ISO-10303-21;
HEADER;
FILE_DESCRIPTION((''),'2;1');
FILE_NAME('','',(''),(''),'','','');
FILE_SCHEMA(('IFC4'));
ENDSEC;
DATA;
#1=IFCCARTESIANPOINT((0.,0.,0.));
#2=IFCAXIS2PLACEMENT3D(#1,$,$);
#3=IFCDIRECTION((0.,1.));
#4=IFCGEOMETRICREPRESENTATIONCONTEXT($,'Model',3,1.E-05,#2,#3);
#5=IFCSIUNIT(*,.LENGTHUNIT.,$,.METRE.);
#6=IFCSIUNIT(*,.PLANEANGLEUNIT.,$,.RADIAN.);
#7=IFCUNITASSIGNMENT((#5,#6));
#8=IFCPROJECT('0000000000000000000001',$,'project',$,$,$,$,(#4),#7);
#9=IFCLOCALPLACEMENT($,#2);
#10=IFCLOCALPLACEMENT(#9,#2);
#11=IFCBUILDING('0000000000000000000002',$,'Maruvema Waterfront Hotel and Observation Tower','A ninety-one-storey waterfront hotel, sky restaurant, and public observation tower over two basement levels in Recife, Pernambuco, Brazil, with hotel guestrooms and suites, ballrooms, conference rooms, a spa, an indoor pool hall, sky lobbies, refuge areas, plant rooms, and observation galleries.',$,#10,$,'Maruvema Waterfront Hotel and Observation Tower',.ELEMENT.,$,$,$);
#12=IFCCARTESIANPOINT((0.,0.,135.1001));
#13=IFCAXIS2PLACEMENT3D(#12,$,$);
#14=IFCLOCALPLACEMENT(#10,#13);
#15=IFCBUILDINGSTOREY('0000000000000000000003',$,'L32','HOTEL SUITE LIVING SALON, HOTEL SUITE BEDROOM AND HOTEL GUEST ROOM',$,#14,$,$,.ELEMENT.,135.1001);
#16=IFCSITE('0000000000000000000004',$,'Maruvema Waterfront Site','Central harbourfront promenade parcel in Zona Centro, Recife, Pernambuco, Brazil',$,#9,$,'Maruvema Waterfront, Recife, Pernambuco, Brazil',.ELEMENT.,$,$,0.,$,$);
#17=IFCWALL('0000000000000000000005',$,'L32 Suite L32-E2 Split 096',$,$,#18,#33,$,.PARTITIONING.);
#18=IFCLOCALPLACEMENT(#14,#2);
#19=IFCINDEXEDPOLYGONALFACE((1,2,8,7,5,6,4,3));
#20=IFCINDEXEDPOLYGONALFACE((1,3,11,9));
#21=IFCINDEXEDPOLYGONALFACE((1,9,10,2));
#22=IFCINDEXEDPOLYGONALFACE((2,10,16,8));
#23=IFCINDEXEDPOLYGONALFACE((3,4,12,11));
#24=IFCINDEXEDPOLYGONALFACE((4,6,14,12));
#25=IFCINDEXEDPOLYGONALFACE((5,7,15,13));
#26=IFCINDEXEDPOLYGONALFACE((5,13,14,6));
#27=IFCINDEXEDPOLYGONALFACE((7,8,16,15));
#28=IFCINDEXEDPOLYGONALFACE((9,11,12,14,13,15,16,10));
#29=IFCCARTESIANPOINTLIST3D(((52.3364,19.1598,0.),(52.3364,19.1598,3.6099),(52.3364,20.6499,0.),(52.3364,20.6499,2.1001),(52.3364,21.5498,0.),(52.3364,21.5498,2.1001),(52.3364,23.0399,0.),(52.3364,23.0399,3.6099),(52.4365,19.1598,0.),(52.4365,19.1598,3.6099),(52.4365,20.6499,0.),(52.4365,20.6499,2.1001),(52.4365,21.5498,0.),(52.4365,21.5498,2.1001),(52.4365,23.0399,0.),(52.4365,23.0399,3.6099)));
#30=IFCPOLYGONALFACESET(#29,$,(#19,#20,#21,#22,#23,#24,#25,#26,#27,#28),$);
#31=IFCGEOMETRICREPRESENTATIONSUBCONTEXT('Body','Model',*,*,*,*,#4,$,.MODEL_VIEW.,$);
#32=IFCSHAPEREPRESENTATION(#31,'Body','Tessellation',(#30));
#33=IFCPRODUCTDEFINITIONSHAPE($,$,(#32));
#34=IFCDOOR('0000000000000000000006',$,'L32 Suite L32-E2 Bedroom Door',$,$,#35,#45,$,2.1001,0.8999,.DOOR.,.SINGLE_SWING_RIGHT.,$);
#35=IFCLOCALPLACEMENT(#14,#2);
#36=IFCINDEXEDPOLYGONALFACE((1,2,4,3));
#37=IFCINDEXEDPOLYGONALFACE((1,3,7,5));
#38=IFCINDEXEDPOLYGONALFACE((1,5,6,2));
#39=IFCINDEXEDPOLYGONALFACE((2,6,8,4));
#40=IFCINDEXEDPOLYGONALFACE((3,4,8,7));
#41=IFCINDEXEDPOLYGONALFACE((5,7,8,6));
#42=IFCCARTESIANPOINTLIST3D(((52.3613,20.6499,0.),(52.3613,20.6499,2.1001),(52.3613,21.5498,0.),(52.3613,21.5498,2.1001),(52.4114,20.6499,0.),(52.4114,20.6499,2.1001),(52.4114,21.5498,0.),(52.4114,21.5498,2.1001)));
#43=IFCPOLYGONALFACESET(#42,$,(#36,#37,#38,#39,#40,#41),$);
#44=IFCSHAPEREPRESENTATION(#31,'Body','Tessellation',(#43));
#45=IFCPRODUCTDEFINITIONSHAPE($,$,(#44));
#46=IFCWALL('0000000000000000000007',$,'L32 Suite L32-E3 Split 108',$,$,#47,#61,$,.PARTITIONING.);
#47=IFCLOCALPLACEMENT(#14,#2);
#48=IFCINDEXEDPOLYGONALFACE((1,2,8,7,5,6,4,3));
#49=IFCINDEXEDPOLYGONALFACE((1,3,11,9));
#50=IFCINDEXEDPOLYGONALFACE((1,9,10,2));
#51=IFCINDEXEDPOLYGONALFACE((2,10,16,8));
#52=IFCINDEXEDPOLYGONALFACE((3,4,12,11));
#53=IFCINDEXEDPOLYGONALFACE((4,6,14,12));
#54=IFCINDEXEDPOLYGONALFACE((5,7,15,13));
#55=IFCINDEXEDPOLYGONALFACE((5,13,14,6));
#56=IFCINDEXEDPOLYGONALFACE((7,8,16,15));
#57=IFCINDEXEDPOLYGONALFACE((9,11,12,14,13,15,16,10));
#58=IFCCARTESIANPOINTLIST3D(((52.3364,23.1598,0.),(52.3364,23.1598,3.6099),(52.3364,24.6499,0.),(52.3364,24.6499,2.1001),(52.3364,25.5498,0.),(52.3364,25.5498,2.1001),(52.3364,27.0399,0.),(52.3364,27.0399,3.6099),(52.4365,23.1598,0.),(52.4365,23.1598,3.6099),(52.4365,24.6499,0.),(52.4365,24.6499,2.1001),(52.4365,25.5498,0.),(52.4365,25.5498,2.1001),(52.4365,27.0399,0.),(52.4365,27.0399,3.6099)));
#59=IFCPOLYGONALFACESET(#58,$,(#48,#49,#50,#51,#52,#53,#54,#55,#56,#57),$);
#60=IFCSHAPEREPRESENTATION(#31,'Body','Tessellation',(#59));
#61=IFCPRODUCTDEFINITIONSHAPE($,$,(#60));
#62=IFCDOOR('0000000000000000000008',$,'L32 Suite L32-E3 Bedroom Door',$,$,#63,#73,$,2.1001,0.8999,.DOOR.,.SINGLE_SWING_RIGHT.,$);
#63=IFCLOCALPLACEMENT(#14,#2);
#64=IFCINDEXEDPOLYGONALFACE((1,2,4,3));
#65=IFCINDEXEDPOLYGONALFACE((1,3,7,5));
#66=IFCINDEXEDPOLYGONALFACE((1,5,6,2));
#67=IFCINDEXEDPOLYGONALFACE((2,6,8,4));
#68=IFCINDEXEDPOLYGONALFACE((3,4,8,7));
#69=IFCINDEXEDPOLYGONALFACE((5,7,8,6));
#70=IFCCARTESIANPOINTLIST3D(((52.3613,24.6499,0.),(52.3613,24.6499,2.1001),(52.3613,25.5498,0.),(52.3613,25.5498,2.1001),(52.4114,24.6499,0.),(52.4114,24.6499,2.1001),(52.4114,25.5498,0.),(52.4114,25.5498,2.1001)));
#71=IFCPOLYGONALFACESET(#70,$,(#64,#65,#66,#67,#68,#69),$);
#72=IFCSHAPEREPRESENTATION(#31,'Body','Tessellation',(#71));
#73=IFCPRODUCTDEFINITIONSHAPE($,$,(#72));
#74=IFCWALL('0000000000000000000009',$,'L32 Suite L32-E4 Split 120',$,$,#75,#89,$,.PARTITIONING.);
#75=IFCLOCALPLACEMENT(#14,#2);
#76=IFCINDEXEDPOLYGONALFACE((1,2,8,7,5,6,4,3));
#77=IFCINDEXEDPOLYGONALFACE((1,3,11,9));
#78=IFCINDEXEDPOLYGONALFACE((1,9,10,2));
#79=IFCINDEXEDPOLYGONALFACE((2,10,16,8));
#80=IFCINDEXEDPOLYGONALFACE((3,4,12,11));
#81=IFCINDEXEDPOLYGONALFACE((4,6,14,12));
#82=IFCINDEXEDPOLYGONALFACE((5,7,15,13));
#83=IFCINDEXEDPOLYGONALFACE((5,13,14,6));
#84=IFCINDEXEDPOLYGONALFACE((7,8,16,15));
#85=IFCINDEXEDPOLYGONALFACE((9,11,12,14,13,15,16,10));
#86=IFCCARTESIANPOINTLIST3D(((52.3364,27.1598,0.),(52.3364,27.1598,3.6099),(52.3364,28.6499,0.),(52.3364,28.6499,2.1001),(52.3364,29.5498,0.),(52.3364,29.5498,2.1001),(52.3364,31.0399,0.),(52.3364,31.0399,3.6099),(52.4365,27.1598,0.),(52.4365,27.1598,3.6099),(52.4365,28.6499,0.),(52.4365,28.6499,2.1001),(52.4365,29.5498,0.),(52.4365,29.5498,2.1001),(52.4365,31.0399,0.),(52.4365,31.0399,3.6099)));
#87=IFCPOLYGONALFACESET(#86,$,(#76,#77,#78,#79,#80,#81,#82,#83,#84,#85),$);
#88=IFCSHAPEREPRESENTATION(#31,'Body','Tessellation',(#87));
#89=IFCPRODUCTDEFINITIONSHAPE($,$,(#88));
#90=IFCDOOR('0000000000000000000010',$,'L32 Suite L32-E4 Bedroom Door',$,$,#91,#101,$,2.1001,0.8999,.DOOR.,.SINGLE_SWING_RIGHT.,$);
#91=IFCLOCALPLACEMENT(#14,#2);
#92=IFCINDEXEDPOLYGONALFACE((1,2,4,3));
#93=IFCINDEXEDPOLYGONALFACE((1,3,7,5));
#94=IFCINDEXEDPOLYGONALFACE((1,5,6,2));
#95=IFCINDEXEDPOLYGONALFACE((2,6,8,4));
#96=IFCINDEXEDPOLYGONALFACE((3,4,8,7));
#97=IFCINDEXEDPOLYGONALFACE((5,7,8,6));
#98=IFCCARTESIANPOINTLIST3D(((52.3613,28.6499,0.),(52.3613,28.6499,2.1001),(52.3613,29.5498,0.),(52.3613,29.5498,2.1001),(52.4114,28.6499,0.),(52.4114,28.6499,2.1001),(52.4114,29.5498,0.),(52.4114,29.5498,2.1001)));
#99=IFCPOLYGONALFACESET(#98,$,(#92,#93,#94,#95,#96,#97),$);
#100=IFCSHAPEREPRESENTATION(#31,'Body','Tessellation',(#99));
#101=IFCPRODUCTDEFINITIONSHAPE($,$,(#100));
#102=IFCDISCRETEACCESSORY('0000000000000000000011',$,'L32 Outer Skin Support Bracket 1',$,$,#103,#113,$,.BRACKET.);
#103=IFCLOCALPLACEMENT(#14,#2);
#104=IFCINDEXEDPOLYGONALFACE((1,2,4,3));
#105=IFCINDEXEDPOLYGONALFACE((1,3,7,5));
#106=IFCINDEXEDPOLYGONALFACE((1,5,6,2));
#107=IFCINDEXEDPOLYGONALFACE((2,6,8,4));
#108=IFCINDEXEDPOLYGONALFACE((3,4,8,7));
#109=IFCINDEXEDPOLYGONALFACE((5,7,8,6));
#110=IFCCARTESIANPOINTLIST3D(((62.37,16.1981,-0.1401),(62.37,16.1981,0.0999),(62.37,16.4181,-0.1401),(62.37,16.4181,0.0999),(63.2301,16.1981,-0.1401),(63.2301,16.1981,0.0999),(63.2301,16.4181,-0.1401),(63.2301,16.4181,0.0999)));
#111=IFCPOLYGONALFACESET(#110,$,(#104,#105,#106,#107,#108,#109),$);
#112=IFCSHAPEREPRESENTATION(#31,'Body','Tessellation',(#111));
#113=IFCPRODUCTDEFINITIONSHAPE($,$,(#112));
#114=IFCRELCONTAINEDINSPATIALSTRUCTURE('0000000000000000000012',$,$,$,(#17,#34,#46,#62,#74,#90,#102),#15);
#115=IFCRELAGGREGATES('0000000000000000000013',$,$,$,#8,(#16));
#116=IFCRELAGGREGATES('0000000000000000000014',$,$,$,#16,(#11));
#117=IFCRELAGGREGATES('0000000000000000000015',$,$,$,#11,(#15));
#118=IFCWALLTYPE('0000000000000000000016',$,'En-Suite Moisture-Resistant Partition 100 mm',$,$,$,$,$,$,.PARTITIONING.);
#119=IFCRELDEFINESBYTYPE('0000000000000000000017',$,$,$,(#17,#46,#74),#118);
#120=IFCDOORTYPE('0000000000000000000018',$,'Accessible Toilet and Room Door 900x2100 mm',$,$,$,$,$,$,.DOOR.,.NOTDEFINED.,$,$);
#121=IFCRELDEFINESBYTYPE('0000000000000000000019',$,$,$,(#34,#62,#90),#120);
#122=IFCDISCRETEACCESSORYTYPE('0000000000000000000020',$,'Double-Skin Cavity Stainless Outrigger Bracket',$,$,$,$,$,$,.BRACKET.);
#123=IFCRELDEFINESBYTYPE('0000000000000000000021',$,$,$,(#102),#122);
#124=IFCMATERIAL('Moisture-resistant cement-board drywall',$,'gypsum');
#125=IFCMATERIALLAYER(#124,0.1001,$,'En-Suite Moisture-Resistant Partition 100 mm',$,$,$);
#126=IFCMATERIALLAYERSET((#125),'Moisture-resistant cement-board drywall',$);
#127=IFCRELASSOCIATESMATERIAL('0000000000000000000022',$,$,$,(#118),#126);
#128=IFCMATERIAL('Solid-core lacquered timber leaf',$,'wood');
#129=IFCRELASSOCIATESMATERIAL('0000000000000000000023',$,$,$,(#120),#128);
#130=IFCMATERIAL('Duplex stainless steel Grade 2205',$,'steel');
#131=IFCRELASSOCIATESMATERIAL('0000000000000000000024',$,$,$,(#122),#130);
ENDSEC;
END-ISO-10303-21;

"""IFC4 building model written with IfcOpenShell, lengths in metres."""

from ifc_helpers import new_model, si_unit, direction, frame, frame_2d, origin, origin_2d, place, context, subcontext, project, spatial, rectangle, extrude, material, layer, layer_set, type_object, element, fill, save


model = new_model("IFC4")

# Units and contexts
model_context = context("Model", 3, precision=1e-05, world=origin(), true_north=direction((0.0, 1.0)))
body_context = subcontext(model_context, "Body", "Model", "MODEL_VIEW")
ifc_project = project(units=[si_unit("LENGTHUNIT", "METRE"), si_unit("PLANEANGLEUNIT", "RADIAN")], contexts=[model_context])

# Site, building, storey
site_placement = place(None, origin())
site = spatial("IfcSite", under=ifc_project, at=site_placement, Name="Maruvema Waterfront Site", Description="Central harbourfront promenade parcel in Zona Centro, Recife, Pernambuco, Brazil", LongName="Maruvema Waterfront, Recife, Pernambuco, Brazil", CompositionType="ELEMENT", RefElevation=0.0)
building_placement = place(site_placement, origin())
building = spatial("IfcBuilding", under=site, at=building_placement, Name="Maruvema Waterfront Hotel and Observation Tower", Description="A ninety-one-storey waterfront hotel, sky restaurant, and public observation tower over two basement levels in Recife, Pernambuco, Brazil, with hotel guestrooms and suites, ballrooms, conference rooms, a spa, an indoor pool hall, sky lobbies, refuge areas, plant rooms, and observation galleries.", LongName="Maruvema Waterfront Hotel and Observation Tower", CompositionType="ELEMENT")
storey_placement = place(building_placement, frame((0.0, 0.0, 135.1001)))
storey = spatial("IfcBuildingStorey", under=building, at=storey_placement, Name="L32", Description="HOTEL SUITE LIVING SALON, HOTEL SUITE BEDROOM AND HOTEL GUEST ROOM", CompositionType="ELEMENT", Elevation=135.1001)

# Walls, openings, doors
ifc_material_1 = material(Name="Moisture-resistant cement-board drywall", Category="gypsum")
ifc_layer_1 = layer(ifc_material_1, 0.1001, Name="En-Suite Moisture-Resistant Partition 100 mm")
ifc_layer_set_1 = layer_set([ifc_layer_1], Name="Moisture-resistant cement-board drywall")
wall_type_1 = type_object("IfcWallType", Name="En-Suite Moisture-Resistant Partition 100 mm", PredefinedType="PARTITIONING", material=ifc_layer_set_1)
ifc_material_2 = material(Name="Solid-core lacquered timber leaf", Category="wood")
door_type_1 = type_object("IfcDoorType", Name="Accessible Toilet and Room Door 900x2100 mm", OperationType="NOTDEFINED", PredefinedType="DOOR", material=ifc_material_2)
wall_1_placement = place(storey_placement, frame((52.3865, 19.1599, 0.0), z_axis=(0.0, 0.0, 1.0), x_axis=(0.0, 1.0, 0.0)))
wall_1 = element("IfcWall", 1, at=wall_1_placement, inside=storey, type_object=wall_type_1, Name="L32 Suite L32-E2 Split 096", PredefinedType="PARTITIONING", context=body_context, shape_type="SweptSolid", body=[
    extrude(rectangle(XDim=3.8801, YDim=0.1001, at=frame_2d((1.9399, 0.0))), origin(), (0.0, 0.0, 1.0), 3.6099),
])
opening_1_placement = place(wall_1_placement, frame((1.49, 0.0, 0.0)))
opening_1 = element("IfcOpeningElement", 2, at=opening_1_placement, cuts=wall_1, PredefinedType="OPENING", context=body_context, shape_type="SweptSolid", body=[
    extrude(rectangle(XDim=0.8999, YDim=2.1001, at=frame_2d((0.45, 1.05))), frame((0.0, 0.0601, 0.0), z_axis=(0.0, -1.0, 0.0), x_axis=(1.0, 0.0, 0.0)), (0.0, 0.0, 1.0), 0.1201),
])
door_1_placement = place(opening_1_placement, frame((0.8999, 0.0, 0.0), z_axis=(0.0, 0.0, 1.0), x_axis=(-1.0, 0.0, 0.0)))
door_1 = element("IfcDoor", 3, at=door_1_placement, inside=storey, type_object=door_type_1, Name="L32 Suite L32-E2 Bedroom Door", OperationType="SINGLE_SWING_RIGHT", OverallHeight=2.1001, OverallWidth=0.8999, PredefinedType="DOOR", context=body_context, shape_type="SweptSolid", body=[
    extrude(rectangle(XDim=0.8999, YDim=2.1001, at=frame_2d((0.45, 1.05))), frame((0.0, 0.0249, 0.0), z_axis=(0.0, -1.0, 0.0), x_axis=(1.0, 0.0, 0.0)), (0.0, 0.0, 1.0), 0.05),
])
fill(opening_1, door_1)
wall_2_placement = place(storey_placement, frame((52.3865, 23.1599, 0.0), z_axis=(0.0, 0.0, 1.0), x_axis=(0.0, 1.0, 0.0)))
wall_2 = element("IfcWall", 4, at=wall_2_placement, inside=storey, type_object=wall_type_1, Name="L32 Suite L32-E3 Split 108", PredefinedType="PARTITIONING", context=body_context, shape_type="SweptSolid", body=[
    extrude(rectangle(XDim=3.8801, YDim=0.1001, at=frame_2d((1.9399, 0.0))), origin(), (0.0, 0.0, 1.0), 3.6099),
])
opening_2_placement = place(wall_2_placement, frame((1.49, 0.0, 0.0)))
opening_2 = element("IfcOpeningElement", 5, at=opening_2_placement, cuts=wall_2, PredefinedType="OPENING", context=body_context, shape_type="SweptSolid", body=[
    extrude(rectangle(XDim=0.8999, YDim=2.1001, at=frame_2d((0.45, 1.05))), frame((0.0, 0.0601, 0.0), z_axis=(0.0, -1.0, 0.0), x_axis=(1.0, 0.0, 0.0)), (0.0, 0.0, 1.0), 0.1201),
])
door_2_placement = place(opening_2_placement, frame((0.8999, 0.0, 0.0), z_axis=(0.0, 0.0, 1.0), x_axis=(-1.0, 0.0, 0.0)))
door_2 = element("IfcDoor", 6, at=door_2_placement, inside=storey, type_object=door_type_1, Name="L32 Suite L32-E3 Bedroom Door", OperationType="SINGLE_SWING_RIGHT", OverallHeight=2.1001, OverallWidth=0.8999, PredefinedType="DOOR", context=body_context, shape_type="SweptSolid", body=[
    extrude(rectangle(XDim=0.8999, YDim=2.1001, at=frame_2d((0.45, 1.05))), frame((0.0, 0.0249, 0.0), z_axis=(0.0, -1.0, 0.0), x_axis=(1.0, 0.0, 0.0)), (0.0, 0.0, 1.0), 0.05),
])
fill(opening_2, door_2)
wall_3_placement = place(storey_placement, frame((52.3865, 27.1599, 0.0), z_axis=(0.0, 0.0, 1.0), x_axis=(0.0, 1.0, 0.0)))
wall_3 = element("IfcWall", 7, at=wall_3_placement, inside=storey, type_object=wall_type_1, Name="L32 Suite L32-E4 Split 120", PredefinedType="PARTITIONING", context=body_context, shape_type="SweptSolid", body=[
    extrude(rectangle(XDim=3.8801, YDim=0.1001, at=frame_2d((1.9399, 0.0))), origin(), (0.0, 0.0, 1.0), 3.6099),
])
opening_3_placement = place(wall_3_placement, frame((1.49, 0.0, 0.0)))
opening_3 = element("IfcOpeningElement", 8, at=opening_3_placement, cuts=wall_3, PredefinedType="OPENING", context=body_context, shape_type="SweptSolid", body=[
    extrude(rectangle(XDim=0.8999, YDim=2.1001, at=frame_2d((0.45, 1.05))), frame((0.0, 0.0601, 0.0), z_axis=(0.0, -1.0, 0.0), x_axis=(1.0, 0.0, 0.0)), (0.0, 0.0, 1.0), 0.1201),
])
door_3_placement = place(opening_3_placement, frame((0.8999, 0.0, 0.0), z_axis=(0.0, 0.0, 1.0), x_axis=(-1.0, 0.0, 0.0)))
door_3 = element("IfcDoor", 9, at=door_3_placement, inside=storey, type_object=door_type_1, Name="L32 Suite L32-E4 Bedroom Door", OperationType="SINGLE_SWING_RIGHT", OverallHeight=2.1001, OverallWidth=0.8999, PredefinedType="DOOR", context=body_context, shape_type="SweptSolid", body=[
    extrude(rectangle(XDim=0.8999, YDim=2.1001, at=frame_2d((0.45, 1.05))), frame((0.0, 0.0249, 0.0), z_axis=(0.0, -1.0, 0.0), x_axis=(1.0, 0.0, 0.0)), (0.0, 0.0, 1.0), 0.05),
])
fill(opening_3, door_3)

# Discrete accessory
ifc_material_3 = material(Name="Duplex stainless steel Grade 2205", Category="steel")
discrete_accessory_type = type_object("IfcDiscreteAccessoryType", Name="Double-Skin Cavity Stainless Outrigger Bracket", PredefinedType="BRACKET", material=ifc_material_3)
discrete_accessory_placement = place(storey_placement, frame((62.8, 16.3081, -0.1401), z_axis=(0.0, 0.0, 1.0), x_axis=(0.0, 1.0, 0.0)))
element("IfcDiscreteAccessory", 10, at=discrete_accessory_placement, inside=storey, type_object=discrete_accessory_type, Name="L32 Outer Skin Support Bracket 1", PredefinedType="BRACKET", context=body_context, shape_type="SweptSolid", body=[
    extrude(rectangle(XDim=0.22, YDim=0.8601, at=origin_2d()), origin(), (0.0, 0.0, 1.0), 0.24),
])

save(model, "model.ifc")
